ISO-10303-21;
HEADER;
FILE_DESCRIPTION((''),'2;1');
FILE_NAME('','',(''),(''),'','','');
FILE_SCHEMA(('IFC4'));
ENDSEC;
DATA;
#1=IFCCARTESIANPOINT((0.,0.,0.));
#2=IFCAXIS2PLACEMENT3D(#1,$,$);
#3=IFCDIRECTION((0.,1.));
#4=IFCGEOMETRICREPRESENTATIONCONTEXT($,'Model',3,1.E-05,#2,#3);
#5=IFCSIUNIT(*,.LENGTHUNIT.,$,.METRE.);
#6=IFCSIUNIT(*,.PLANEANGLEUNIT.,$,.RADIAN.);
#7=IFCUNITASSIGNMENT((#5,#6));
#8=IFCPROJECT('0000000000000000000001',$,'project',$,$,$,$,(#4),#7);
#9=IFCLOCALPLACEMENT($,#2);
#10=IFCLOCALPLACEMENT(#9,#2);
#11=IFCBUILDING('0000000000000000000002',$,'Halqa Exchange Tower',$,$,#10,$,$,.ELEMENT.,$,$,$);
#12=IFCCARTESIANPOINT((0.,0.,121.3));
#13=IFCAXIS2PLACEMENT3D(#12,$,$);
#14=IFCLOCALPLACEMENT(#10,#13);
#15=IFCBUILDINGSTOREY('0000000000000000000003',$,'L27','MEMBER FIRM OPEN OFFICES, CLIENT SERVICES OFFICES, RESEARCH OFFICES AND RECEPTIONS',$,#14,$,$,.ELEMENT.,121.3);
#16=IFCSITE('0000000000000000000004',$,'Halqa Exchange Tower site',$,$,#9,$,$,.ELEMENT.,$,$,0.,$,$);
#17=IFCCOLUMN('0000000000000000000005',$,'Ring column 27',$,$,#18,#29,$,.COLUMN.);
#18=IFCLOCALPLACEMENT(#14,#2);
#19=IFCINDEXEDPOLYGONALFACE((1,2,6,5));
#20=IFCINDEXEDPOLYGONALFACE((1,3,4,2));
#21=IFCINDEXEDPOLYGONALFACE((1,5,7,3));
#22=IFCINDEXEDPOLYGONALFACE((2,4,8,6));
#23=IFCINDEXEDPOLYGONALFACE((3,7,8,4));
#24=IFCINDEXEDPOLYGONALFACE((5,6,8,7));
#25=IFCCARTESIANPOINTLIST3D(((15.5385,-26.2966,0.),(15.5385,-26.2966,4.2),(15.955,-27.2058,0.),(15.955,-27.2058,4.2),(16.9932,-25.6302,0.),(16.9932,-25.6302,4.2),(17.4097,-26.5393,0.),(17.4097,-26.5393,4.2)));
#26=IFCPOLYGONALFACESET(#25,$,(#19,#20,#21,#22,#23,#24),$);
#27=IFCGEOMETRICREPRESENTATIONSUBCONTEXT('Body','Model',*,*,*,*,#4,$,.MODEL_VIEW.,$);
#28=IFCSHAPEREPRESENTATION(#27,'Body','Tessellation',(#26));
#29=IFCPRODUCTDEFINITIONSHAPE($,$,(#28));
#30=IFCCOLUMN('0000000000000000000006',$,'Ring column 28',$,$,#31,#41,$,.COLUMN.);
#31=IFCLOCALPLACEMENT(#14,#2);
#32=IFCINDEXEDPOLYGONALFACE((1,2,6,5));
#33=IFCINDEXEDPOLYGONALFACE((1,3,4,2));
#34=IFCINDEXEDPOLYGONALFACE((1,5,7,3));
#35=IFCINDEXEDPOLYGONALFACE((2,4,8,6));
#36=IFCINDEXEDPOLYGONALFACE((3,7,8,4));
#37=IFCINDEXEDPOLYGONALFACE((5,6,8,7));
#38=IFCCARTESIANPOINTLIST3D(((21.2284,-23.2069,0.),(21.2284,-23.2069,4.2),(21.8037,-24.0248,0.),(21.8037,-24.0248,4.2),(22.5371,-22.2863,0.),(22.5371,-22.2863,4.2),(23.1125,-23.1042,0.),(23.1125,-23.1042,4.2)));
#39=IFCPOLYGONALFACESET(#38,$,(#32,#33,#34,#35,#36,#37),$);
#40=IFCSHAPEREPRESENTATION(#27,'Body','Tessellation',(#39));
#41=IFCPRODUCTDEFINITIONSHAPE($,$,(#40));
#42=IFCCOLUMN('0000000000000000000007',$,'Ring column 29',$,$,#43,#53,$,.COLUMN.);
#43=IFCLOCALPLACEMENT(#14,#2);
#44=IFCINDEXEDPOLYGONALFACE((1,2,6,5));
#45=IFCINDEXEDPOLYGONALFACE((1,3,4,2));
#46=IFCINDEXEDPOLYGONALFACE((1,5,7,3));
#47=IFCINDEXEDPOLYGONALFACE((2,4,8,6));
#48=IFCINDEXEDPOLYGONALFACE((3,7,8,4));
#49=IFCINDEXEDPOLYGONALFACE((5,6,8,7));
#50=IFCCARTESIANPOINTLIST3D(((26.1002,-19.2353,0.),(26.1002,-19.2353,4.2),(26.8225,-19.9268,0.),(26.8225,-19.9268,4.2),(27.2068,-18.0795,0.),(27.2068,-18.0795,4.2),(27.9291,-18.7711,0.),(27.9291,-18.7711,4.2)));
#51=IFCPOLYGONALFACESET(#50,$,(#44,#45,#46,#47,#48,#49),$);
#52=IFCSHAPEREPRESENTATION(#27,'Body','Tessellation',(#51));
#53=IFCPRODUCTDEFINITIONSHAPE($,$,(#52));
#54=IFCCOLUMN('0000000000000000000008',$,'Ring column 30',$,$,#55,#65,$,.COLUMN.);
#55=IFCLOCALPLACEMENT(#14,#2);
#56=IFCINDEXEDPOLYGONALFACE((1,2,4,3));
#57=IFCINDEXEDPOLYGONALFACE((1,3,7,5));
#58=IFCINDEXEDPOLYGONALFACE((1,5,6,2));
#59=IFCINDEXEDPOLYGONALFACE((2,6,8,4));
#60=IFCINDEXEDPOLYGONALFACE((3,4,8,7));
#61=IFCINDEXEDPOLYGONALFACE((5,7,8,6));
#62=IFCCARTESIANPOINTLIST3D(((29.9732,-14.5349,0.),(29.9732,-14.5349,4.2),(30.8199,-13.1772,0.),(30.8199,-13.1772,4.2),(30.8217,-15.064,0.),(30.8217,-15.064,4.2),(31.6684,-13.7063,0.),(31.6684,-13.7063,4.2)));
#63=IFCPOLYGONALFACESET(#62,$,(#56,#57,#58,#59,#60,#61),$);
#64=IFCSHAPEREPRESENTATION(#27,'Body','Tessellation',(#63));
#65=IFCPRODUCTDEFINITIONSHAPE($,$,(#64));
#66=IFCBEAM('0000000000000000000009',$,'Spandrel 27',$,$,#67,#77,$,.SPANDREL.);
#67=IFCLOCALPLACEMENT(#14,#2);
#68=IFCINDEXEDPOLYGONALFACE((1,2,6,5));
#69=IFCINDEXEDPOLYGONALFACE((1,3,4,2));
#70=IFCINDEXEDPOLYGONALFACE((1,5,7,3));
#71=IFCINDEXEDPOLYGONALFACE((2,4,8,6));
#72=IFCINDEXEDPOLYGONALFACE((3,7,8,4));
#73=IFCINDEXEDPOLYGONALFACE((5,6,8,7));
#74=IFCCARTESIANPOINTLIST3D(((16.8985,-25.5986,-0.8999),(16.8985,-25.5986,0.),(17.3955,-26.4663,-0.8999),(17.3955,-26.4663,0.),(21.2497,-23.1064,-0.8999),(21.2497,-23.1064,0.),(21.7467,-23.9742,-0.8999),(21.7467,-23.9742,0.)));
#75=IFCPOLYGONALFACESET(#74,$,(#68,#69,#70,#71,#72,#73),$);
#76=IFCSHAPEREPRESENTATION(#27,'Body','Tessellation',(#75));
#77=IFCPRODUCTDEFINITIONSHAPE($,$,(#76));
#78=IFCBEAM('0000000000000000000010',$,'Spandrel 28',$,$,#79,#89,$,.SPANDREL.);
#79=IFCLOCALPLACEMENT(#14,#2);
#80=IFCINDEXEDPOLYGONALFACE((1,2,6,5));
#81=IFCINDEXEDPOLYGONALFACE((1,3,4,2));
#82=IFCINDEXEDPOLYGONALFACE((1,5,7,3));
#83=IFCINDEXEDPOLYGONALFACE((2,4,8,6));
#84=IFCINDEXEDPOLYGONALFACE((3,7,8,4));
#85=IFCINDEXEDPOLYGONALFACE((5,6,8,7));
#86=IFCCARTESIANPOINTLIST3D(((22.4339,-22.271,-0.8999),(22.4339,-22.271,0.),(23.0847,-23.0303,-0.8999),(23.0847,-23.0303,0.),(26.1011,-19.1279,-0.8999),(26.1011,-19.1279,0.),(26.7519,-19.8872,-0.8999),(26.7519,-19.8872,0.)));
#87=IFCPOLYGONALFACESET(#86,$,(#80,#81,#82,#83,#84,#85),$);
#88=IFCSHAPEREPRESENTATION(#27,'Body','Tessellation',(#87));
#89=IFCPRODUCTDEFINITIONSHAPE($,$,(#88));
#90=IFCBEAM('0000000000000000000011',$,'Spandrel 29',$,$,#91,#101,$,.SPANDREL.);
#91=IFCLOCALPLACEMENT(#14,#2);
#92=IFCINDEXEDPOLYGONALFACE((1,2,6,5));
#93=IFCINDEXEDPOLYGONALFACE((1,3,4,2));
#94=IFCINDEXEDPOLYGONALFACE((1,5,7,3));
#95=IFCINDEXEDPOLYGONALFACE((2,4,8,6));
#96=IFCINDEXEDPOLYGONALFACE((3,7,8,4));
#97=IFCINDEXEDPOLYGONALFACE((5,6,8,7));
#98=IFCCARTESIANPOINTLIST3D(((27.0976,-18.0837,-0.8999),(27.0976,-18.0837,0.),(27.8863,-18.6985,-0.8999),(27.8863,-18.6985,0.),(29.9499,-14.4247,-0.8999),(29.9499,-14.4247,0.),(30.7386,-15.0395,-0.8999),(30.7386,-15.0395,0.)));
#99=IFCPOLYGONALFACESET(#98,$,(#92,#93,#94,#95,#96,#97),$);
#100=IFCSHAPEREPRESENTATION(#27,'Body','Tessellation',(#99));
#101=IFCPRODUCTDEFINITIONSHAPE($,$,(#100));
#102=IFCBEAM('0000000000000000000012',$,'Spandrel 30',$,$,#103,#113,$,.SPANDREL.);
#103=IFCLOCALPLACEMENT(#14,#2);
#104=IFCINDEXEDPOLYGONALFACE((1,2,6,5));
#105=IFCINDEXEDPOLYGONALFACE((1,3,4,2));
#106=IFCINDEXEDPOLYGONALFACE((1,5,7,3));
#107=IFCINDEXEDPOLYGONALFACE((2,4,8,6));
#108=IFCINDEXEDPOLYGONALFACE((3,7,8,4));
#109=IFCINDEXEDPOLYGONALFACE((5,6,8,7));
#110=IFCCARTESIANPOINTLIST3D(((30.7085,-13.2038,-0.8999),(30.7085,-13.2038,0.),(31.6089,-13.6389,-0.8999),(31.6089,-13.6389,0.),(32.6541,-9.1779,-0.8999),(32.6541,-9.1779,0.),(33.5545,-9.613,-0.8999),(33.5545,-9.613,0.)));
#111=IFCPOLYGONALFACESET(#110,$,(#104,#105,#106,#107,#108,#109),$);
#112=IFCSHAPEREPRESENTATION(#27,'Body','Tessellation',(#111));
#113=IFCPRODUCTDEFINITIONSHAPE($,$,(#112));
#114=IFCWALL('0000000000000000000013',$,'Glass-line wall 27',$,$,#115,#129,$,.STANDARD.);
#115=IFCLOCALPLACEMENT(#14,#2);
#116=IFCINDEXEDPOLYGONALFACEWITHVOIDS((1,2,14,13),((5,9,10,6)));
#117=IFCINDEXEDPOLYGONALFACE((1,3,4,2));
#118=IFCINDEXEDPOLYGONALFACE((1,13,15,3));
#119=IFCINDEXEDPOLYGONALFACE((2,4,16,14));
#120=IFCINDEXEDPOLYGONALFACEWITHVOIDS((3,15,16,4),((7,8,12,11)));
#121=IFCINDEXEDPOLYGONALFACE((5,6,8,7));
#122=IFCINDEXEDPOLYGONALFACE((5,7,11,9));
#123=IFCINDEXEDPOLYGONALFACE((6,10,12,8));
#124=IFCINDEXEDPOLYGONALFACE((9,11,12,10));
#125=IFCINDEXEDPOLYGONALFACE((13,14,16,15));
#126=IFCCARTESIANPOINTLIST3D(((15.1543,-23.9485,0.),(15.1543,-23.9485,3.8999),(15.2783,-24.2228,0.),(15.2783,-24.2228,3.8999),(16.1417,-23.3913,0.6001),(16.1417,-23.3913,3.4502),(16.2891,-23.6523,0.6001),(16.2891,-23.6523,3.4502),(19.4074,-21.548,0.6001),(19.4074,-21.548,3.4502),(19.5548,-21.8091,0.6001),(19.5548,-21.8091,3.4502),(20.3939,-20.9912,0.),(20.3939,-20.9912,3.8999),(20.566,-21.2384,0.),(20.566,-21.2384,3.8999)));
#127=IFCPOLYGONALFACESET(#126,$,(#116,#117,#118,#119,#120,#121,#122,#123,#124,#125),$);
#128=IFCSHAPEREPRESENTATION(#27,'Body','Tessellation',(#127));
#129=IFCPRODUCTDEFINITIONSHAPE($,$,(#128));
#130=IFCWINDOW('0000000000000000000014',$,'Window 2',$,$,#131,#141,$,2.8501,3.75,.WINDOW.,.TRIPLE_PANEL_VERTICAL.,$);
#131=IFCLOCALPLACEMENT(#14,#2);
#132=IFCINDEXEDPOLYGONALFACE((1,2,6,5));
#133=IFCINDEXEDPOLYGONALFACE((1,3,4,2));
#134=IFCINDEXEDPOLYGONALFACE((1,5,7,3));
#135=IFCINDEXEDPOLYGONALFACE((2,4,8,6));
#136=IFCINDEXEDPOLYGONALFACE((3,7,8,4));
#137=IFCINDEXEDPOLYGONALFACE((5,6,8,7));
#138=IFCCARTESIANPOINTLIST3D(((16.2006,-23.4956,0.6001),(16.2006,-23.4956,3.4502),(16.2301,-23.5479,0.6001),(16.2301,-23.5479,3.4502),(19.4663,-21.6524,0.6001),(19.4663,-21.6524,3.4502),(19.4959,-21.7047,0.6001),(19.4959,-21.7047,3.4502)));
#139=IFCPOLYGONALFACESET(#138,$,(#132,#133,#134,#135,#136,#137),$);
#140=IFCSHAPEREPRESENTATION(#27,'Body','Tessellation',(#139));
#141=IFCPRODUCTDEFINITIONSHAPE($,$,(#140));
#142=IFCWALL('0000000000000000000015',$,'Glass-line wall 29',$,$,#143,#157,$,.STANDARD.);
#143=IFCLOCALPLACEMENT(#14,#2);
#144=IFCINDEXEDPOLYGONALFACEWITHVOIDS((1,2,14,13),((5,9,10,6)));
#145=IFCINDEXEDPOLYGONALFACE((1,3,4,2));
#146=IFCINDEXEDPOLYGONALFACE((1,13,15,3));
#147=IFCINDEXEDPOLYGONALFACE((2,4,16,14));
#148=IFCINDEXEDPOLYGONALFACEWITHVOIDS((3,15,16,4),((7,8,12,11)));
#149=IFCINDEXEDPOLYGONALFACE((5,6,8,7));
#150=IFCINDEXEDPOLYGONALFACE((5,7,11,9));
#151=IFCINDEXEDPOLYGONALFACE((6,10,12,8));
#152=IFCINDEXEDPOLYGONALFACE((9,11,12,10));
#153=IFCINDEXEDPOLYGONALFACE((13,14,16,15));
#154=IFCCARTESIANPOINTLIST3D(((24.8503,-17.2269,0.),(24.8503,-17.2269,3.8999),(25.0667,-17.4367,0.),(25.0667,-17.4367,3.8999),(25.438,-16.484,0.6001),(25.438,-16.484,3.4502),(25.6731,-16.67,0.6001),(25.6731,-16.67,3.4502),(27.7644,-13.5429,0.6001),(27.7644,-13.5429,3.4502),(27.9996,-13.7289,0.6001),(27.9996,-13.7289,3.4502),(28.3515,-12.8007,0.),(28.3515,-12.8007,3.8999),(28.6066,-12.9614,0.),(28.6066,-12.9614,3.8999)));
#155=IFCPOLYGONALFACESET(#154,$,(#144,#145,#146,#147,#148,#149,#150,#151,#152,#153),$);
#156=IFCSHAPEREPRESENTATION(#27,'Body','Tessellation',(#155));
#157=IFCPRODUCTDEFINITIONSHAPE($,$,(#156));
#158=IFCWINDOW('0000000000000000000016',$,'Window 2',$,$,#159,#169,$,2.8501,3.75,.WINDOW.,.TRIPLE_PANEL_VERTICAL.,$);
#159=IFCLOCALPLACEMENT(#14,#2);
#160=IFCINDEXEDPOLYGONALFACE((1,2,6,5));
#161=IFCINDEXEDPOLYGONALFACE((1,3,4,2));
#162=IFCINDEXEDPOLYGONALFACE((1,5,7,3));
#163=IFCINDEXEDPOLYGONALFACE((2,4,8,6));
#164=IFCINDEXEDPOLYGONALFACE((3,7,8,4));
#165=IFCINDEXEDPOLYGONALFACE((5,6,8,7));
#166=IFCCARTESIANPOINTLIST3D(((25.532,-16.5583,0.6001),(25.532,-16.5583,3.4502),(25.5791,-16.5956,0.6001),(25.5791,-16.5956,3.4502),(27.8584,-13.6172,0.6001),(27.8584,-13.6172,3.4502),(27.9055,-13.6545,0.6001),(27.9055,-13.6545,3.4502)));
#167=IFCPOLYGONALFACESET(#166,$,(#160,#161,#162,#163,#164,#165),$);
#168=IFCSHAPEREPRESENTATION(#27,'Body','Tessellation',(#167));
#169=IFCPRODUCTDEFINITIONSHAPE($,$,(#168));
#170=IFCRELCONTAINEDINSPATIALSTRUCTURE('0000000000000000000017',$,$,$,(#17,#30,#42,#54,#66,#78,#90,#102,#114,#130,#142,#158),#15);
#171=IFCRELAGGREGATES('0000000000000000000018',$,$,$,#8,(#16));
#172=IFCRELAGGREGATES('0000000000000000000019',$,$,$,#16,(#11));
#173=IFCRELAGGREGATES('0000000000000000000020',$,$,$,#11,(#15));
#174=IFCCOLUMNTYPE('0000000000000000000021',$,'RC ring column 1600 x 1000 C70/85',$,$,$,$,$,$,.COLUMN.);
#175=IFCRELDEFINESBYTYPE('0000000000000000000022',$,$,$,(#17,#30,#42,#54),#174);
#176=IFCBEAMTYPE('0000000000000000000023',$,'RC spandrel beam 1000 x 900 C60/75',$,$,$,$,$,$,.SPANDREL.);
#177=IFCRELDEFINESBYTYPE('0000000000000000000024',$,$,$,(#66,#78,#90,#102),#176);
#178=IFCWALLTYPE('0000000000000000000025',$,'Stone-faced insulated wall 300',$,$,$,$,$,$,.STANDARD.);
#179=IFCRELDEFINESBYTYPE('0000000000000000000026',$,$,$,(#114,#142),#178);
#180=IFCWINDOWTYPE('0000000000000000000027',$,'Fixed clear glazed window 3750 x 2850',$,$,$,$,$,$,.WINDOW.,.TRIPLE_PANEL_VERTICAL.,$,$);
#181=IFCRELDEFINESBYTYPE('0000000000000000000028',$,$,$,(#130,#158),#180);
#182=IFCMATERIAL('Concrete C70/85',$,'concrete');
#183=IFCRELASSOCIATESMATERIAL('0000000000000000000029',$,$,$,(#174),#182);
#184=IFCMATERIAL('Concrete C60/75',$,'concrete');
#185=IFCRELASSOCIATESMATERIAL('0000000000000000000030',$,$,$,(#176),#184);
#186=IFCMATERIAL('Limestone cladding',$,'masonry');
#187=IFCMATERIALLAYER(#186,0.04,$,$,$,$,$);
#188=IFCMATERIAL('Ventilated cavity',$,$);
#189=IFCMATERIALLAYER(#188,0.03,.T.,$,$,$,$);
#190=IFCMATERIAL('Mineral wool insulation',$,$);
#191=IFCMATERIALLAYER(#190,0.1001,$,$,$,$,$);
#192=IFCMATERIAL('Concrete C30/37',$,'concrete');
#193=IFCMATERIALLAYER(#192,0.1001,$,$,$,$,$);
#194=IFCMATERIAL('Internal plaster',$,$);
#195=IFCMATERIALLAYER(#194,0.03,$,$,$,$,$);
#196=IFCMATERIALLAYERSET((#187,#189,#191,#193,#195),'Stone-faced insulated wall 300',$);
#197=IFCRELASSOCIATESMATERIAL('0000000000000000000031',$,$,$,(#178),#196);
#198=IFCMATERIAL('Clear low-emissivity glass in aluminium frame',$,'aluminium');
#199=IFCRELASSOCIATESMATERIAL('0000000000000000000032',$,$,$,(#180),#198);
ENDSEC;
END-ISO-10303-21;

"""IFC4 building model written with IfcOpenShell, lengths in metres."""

from ifc_helpers import new_model, si_unit, direction, frame, frame_2d, origin, origin_2d, place, context, subcontext, project, spatial, polyline, rectangle, outline, extrude, material, layer, layer_set, material_profile, profile_set, type_object, element, fill, save


model = new_model("IFC4")

# Units and contexts
model_context = context("Model", 3, precision=1e-05, world=origin(), true_north=direction((0.0, 1.0)))
body_context = subcontext(model_context, "Body", "Model", "MODEL_VIEW")
ifc_project = project(units=[si_unit("LENGTHUNIT", "METRE"), si_unit("PLANEANGLEUNIT", "RADIAN")], contexts=[model_context])

# Site, building, storey
site_placement = place(None, origin())
site = spatial("IfcSite", under=ifc_project, at=site_placement, Name="Halqa Exchange Tower site", CompositionType="ELEMENT", RefElevation=0.0)
building_placement = place(site_placement, origin())
building = spatial("IfcBuilding", under=site, at=building_placement, Name="Halqa Exchange Tower", CompositionType="ELEMENT")
storey_placement = place(building_placement, frame((0.0, 0.0, 121.3)))
storey = spatial("IfcBuildingStorey", under=building, at=storey_placement, Name="L27", Description="MEMBER FIRM OPEN OFFICES, CLIENT SERVICES OFFICES, RESEARCH OFFICES AND RECEPTIONS", CompositionType="ELEMENT", Elevation=121.3)

# Columns
ifc_material_1 = material(Name="Concrete C70/85", Category="concrete")
ifc_material_profile_1 = material_profile(ifc_material_1, rectangle(XDim=1.6001, YDim=1.0, at=origin_2d()), Name="1600 x 1000")
ifc_profile_set_1 = profile_set([ifc_material_profile_1], Name="Concrete C70/85")
column_type = type_object("IfcColumnType", Name="RC ring column 1600 x 1000 C70/85", PredefinedType="COLUMN", material=ifc_profile_set_1)
for number, where, z_axis, x_axis, name in (
    (1, (16.4741, -26.418, 0.0), (0.0, 0.0, 1.0), (0.909127, 0.416519, 0.0), "Ring column 27"),
    (2, (22.1704, -23.1555, 0.0), (0.0, 0.0, 1.0), (0.817907, 0.575351, 0.0), "Ring column 28"),
    (3, (27.0146, -19.0032, 0.0), (0.0, 0.0, 1.0), (0.691574, 0.722306, 0.0), "Ring column 29"),
    (4, (30.8208, -14.1206, 0.0), (0.0, 0.0, 1.0), (0.529142, 0.848533, 0.0), "Ring column 30"),
):
    element("IfcColumn", number, at=place(storey_placement, frame(where, z_axis=z_axis, x_axis=x_axis)), inside=storey, type_object=column_type, Name=name, PredefinedType="COLUMN", context=body_context, shape_type="SweptSolid", body=[
        extrude(rectangle(XDim=1.6001, YDim=1.0, at=origin_2d()), origin(), (0.0, 0.0, 1.0), 4.2),
    ])

# Beams
ifc_material_2 = material(Name="Concrete C60/75", Category="concrete")
ifc_material_profile_2 = material_profile(ifc_material_2, rectangle(XDim=1.0, YDim=0.8999, at=origin_2d()), Name="1000 x 900")
ifc_profile_set_2 = profile_set([ifc_material_profile_2], Name="Concrete C60/75")
beam_type = type_object("IfcBeamType", Name="RC spandrel beam 1000 x 900 C60/75", PredefinedType="SPANDREL", material=ifc_profile_set_2)
beam_1_placement = place(storey_placement, frame((17.147, -26.0325, -0.45), z_axis=(0.867751, 0.496999, 0.0), x_axis=(-0.496999, 0.867751, 0.0)))
element("IfcBeam", 5, at=beam_1_placement, inside=storey, type_object=beam_type, Name="Spandrel 27", PredefinedType="SPANDREL", context=body_context, shape_type="SweptSolid", body=[
    extrude(rectangle(XDim=1.0, YDim=0.8999, at=origin_2d()), origin(), (0.0, 0.0, 1.0), 5.0144),
])
beam_2_placement = place(storey_placement, frame((22.7593, -22.6506, -0.45), z_axis=(0.759285, 0.650758, 0.0), x_axis=(-0.650758, 0.759285, 0.0)))
element("IfcBeam", 6, at=beam_2_placement, inside=storey, type_object=beam_type, Name="Spandrel 28", PredefinedType="SPANDREL", context=body_context, shape_type="SweptSolid", body=[
    extrude(rectangle(XDim=1.0, YDim=0.8999, at=origin_2d()), origin(), (0.0, 0.0, 1.0), 4.8298),
])
beam_3_placement = place(storey_placement, frame((27.4919, -18.3911, -0.45), z_axis=(0.614807, 0.788677, 0.0), x_axis=(-0.788677, 0.614807, 0.0)))
element("IfcBeam", 7, at=beam_3_placement, inside=storey, type_object=beam_type, Name="Spandrel 29", PredefinedType="SPANDREL", context=body_context, shape_type="SweptSolid", body=[
    extrude(rectangle(XDim=1.0, YDim=0.8999, at=origin_2d()), origin(), (0.0, 0.0, 1.0), 4.6394),
])
beam_4_placement = place(storey_placement, frame((31.1587, -13.4214, -0.45), z_axis=(0.435117, 0.900374, 0.0), x_axis=(-0.900374, 0.435117, 0.0)))
element("IfcBeam", 8, at=beam_4_placement, inside=storey, type_object=beam_type, Name="Spandrel 30", PredefinedType="SPANDREL", context=body_context, shape_type="SweptSolid", body=[
    extrude(rectangle(XDim=1.0, YDim=0.8999, at=origin_2d()), origin(), (0.0, 0.0, 1.0), 4.4714),
])

# Wall, opening, window
ifc_material_3 = material(Name="Limestone cladding", Category="masonry")
ifc_layer_1 = layer(ifc_material_3, 0.04)
ifc_material_4 = material(Name="Ventilated cavity")
ifc_layer_2 = layer(ifc_material_4, 0.03, ventilated=True)
ifc_material_5 = material(Name="Mineral wool insulation")
ifc_layer_3 = layer(ifc_material_5, 0.1001)
ifc_material_6 = material(Name="Concrete C30/37", Category="concrete")
ifc_layer_4 = layer(ifc_material_6, 0.1001)
ifc_material_7 = material(Name="Internal plaster")
ifc_layer_5 = layer(ifc_material_7, 0.03)
ifc_layer_set_1 = layer_set([ifc_layer_1, ifc_layer_2, ifc_layer_3, ifc_layer_4, ifc_layer_5], Name="Stone-faced insulated wall 300")
wall_type_1 = type_object("IfcWallType", Name="Stone-faced insulated wall 300", PredefinedType="STANDARD", material=ifc_layer_set_1)
wall_1_placement = place(storey_placement, frame((15.2163, -24.0857, 0.0), z_axis=(0.0, 0.0, 1.0), x_axis=(0.870858, 0.491534, 0.0)))
wall_1 = element("IfcWall", 9, at=wall_1_placement, inside=storey, type_object=wall_type_1, Name="Glass-line wall 27", PredefinedType="STANDARD", context=body_context, shape_type="SweptSolid", body=[
    extrude(outline(polyline([(-0.0134, -0.1499), (6.0583, -0.1499), (6.03, 0.1499), (0.0134, 0.1499), (-0.0134, -0.1499)])), origin(), (0.0, 0.0, 1.0), 3.8999),
])
opening_1_placement = place(wall_1_placement, frame((1.1472, 0.0, 0.6001)))
opening_1 = element("IfcOpeningElement", 10, at=opening_1_placement, cuts=wall_1, PredefinedType="OPENING", context=body_context, shape_type="SweptSolid", body=[
    extrude(rectangle(XDim=3.75, YDim=2.8501, at=frame_2d((1.875, 1.425))), frame((0.0, 0.1621, 0.0), z_axis=(0.0, -1.0, 0.0), x_axis=(1.0, 0.0, 0.0)), (0.0, 0.0, 1.0), 0.324),
])
ifc_material_8 = material(Name="Clear low-emissivity glass in aluminium frame", Category="aluminium")
window_type = type_object("IfcWindowType", Name="Fixed clear glazed window 3750 x 2850", PartitioningType="TRIPLE_PANEL_VERTICAL", PredefinedType="WINDOW", material=ifc_material_8)
window_1_placement = place(opening_1_placement, origin())
window_1 = element("IfcWindow", 11, at=window_1_placement, inside=storey, type_object=window_type, Name="Window 2", OverallHeight=2.8501, OverallWidth=3.75, PartitioningType="TRIPLE_PANEL_VERTICAL", PredefinedType="WINDOW", context=body_context, shape_type="SweptSolid", body=[
    extrude(rectangle(XDim=3.75, YDim=2.8501, at=frame_2d((1.875, 1.425))), frame((0.0, 0.03, 0.0), z_axis=(0.0, -1.0, 0.0), x_axis=(1.0, 0.0, 0.0)), (0.0, 0.0, 1.0), 0.0601),
])
fill(opening_1, window_1)

# Wall, opening, window
wall_2_placement = place(storey_placement, frame((24.9585, -17.3318, 0.0), z_axis=(0.0, 0.0, 1.0), x_axis=(0.620383, 0.784299, 0.0)))
wall_2 = element("IfcWall", 12, at=wall_2_placement, inside=storey, type_object=wall_type_1, Name="Glass-line wall 29", PredefinedType="STANDARD", context=body_context, shape_type="SweptSolid", body=[
    extrude(outline(polyline([(-0.0151, -0.1499), (5.6909, -0.1499), (5.6587, 0.1499), (0.0151, 0.1499), (-0.0151, -0.1499)])), origin(), (0.0, 0.0, 1.0), 3.8999),
])
opening_2_placement = place(wall_2_placement, frame((0.9624, 0.0, 0.6001)))
opening_2 = element("IfcOpeningElement", 13, at=opening_2_placement, cuts=wall_2, PredefinedType="OPENING", context=body_context, shape_type="SweptSolid", body=[
    extrude(rectangle(XDim=3.75, YDim=2.8501, at=frame_2d((1.875, 1.425))), frame((0.0, 0.1621, 0.0), z_axis=(0.0, -1.0, 0.0), x_axis=(1.0, 0.0, 0.0)), (0.0, 0.0, 1.0), 0.324),
])
window_2_placement = place(opening_2_placement, origin())
window_2 = element("IfcWindow", 14, at=window_2_placement, inside=storey, type_object=window_type, Name="Window 2", OverallHeight=2.8501, OverallWidth=3.75, PartitioningType="TRIPLE_PANEL_VERTICAL", PredefinedType="WINDOW", context=body_context, shape_type="SweptSolid", body=[
    extrude(rectangle(XDim=3.75, YDim=2.8501, at=frame_2d((1.875, 1.425))), frame((0.0, 0.03, 0.0), z_axis=(0.0, -1.0, 0.0), x_axis=(1.0, 0.0, 0.0)), (0.0, 0.0, 1.0), 0.0601),
])
fill(opening_2, window_2)

save(model, "model.ifc")
